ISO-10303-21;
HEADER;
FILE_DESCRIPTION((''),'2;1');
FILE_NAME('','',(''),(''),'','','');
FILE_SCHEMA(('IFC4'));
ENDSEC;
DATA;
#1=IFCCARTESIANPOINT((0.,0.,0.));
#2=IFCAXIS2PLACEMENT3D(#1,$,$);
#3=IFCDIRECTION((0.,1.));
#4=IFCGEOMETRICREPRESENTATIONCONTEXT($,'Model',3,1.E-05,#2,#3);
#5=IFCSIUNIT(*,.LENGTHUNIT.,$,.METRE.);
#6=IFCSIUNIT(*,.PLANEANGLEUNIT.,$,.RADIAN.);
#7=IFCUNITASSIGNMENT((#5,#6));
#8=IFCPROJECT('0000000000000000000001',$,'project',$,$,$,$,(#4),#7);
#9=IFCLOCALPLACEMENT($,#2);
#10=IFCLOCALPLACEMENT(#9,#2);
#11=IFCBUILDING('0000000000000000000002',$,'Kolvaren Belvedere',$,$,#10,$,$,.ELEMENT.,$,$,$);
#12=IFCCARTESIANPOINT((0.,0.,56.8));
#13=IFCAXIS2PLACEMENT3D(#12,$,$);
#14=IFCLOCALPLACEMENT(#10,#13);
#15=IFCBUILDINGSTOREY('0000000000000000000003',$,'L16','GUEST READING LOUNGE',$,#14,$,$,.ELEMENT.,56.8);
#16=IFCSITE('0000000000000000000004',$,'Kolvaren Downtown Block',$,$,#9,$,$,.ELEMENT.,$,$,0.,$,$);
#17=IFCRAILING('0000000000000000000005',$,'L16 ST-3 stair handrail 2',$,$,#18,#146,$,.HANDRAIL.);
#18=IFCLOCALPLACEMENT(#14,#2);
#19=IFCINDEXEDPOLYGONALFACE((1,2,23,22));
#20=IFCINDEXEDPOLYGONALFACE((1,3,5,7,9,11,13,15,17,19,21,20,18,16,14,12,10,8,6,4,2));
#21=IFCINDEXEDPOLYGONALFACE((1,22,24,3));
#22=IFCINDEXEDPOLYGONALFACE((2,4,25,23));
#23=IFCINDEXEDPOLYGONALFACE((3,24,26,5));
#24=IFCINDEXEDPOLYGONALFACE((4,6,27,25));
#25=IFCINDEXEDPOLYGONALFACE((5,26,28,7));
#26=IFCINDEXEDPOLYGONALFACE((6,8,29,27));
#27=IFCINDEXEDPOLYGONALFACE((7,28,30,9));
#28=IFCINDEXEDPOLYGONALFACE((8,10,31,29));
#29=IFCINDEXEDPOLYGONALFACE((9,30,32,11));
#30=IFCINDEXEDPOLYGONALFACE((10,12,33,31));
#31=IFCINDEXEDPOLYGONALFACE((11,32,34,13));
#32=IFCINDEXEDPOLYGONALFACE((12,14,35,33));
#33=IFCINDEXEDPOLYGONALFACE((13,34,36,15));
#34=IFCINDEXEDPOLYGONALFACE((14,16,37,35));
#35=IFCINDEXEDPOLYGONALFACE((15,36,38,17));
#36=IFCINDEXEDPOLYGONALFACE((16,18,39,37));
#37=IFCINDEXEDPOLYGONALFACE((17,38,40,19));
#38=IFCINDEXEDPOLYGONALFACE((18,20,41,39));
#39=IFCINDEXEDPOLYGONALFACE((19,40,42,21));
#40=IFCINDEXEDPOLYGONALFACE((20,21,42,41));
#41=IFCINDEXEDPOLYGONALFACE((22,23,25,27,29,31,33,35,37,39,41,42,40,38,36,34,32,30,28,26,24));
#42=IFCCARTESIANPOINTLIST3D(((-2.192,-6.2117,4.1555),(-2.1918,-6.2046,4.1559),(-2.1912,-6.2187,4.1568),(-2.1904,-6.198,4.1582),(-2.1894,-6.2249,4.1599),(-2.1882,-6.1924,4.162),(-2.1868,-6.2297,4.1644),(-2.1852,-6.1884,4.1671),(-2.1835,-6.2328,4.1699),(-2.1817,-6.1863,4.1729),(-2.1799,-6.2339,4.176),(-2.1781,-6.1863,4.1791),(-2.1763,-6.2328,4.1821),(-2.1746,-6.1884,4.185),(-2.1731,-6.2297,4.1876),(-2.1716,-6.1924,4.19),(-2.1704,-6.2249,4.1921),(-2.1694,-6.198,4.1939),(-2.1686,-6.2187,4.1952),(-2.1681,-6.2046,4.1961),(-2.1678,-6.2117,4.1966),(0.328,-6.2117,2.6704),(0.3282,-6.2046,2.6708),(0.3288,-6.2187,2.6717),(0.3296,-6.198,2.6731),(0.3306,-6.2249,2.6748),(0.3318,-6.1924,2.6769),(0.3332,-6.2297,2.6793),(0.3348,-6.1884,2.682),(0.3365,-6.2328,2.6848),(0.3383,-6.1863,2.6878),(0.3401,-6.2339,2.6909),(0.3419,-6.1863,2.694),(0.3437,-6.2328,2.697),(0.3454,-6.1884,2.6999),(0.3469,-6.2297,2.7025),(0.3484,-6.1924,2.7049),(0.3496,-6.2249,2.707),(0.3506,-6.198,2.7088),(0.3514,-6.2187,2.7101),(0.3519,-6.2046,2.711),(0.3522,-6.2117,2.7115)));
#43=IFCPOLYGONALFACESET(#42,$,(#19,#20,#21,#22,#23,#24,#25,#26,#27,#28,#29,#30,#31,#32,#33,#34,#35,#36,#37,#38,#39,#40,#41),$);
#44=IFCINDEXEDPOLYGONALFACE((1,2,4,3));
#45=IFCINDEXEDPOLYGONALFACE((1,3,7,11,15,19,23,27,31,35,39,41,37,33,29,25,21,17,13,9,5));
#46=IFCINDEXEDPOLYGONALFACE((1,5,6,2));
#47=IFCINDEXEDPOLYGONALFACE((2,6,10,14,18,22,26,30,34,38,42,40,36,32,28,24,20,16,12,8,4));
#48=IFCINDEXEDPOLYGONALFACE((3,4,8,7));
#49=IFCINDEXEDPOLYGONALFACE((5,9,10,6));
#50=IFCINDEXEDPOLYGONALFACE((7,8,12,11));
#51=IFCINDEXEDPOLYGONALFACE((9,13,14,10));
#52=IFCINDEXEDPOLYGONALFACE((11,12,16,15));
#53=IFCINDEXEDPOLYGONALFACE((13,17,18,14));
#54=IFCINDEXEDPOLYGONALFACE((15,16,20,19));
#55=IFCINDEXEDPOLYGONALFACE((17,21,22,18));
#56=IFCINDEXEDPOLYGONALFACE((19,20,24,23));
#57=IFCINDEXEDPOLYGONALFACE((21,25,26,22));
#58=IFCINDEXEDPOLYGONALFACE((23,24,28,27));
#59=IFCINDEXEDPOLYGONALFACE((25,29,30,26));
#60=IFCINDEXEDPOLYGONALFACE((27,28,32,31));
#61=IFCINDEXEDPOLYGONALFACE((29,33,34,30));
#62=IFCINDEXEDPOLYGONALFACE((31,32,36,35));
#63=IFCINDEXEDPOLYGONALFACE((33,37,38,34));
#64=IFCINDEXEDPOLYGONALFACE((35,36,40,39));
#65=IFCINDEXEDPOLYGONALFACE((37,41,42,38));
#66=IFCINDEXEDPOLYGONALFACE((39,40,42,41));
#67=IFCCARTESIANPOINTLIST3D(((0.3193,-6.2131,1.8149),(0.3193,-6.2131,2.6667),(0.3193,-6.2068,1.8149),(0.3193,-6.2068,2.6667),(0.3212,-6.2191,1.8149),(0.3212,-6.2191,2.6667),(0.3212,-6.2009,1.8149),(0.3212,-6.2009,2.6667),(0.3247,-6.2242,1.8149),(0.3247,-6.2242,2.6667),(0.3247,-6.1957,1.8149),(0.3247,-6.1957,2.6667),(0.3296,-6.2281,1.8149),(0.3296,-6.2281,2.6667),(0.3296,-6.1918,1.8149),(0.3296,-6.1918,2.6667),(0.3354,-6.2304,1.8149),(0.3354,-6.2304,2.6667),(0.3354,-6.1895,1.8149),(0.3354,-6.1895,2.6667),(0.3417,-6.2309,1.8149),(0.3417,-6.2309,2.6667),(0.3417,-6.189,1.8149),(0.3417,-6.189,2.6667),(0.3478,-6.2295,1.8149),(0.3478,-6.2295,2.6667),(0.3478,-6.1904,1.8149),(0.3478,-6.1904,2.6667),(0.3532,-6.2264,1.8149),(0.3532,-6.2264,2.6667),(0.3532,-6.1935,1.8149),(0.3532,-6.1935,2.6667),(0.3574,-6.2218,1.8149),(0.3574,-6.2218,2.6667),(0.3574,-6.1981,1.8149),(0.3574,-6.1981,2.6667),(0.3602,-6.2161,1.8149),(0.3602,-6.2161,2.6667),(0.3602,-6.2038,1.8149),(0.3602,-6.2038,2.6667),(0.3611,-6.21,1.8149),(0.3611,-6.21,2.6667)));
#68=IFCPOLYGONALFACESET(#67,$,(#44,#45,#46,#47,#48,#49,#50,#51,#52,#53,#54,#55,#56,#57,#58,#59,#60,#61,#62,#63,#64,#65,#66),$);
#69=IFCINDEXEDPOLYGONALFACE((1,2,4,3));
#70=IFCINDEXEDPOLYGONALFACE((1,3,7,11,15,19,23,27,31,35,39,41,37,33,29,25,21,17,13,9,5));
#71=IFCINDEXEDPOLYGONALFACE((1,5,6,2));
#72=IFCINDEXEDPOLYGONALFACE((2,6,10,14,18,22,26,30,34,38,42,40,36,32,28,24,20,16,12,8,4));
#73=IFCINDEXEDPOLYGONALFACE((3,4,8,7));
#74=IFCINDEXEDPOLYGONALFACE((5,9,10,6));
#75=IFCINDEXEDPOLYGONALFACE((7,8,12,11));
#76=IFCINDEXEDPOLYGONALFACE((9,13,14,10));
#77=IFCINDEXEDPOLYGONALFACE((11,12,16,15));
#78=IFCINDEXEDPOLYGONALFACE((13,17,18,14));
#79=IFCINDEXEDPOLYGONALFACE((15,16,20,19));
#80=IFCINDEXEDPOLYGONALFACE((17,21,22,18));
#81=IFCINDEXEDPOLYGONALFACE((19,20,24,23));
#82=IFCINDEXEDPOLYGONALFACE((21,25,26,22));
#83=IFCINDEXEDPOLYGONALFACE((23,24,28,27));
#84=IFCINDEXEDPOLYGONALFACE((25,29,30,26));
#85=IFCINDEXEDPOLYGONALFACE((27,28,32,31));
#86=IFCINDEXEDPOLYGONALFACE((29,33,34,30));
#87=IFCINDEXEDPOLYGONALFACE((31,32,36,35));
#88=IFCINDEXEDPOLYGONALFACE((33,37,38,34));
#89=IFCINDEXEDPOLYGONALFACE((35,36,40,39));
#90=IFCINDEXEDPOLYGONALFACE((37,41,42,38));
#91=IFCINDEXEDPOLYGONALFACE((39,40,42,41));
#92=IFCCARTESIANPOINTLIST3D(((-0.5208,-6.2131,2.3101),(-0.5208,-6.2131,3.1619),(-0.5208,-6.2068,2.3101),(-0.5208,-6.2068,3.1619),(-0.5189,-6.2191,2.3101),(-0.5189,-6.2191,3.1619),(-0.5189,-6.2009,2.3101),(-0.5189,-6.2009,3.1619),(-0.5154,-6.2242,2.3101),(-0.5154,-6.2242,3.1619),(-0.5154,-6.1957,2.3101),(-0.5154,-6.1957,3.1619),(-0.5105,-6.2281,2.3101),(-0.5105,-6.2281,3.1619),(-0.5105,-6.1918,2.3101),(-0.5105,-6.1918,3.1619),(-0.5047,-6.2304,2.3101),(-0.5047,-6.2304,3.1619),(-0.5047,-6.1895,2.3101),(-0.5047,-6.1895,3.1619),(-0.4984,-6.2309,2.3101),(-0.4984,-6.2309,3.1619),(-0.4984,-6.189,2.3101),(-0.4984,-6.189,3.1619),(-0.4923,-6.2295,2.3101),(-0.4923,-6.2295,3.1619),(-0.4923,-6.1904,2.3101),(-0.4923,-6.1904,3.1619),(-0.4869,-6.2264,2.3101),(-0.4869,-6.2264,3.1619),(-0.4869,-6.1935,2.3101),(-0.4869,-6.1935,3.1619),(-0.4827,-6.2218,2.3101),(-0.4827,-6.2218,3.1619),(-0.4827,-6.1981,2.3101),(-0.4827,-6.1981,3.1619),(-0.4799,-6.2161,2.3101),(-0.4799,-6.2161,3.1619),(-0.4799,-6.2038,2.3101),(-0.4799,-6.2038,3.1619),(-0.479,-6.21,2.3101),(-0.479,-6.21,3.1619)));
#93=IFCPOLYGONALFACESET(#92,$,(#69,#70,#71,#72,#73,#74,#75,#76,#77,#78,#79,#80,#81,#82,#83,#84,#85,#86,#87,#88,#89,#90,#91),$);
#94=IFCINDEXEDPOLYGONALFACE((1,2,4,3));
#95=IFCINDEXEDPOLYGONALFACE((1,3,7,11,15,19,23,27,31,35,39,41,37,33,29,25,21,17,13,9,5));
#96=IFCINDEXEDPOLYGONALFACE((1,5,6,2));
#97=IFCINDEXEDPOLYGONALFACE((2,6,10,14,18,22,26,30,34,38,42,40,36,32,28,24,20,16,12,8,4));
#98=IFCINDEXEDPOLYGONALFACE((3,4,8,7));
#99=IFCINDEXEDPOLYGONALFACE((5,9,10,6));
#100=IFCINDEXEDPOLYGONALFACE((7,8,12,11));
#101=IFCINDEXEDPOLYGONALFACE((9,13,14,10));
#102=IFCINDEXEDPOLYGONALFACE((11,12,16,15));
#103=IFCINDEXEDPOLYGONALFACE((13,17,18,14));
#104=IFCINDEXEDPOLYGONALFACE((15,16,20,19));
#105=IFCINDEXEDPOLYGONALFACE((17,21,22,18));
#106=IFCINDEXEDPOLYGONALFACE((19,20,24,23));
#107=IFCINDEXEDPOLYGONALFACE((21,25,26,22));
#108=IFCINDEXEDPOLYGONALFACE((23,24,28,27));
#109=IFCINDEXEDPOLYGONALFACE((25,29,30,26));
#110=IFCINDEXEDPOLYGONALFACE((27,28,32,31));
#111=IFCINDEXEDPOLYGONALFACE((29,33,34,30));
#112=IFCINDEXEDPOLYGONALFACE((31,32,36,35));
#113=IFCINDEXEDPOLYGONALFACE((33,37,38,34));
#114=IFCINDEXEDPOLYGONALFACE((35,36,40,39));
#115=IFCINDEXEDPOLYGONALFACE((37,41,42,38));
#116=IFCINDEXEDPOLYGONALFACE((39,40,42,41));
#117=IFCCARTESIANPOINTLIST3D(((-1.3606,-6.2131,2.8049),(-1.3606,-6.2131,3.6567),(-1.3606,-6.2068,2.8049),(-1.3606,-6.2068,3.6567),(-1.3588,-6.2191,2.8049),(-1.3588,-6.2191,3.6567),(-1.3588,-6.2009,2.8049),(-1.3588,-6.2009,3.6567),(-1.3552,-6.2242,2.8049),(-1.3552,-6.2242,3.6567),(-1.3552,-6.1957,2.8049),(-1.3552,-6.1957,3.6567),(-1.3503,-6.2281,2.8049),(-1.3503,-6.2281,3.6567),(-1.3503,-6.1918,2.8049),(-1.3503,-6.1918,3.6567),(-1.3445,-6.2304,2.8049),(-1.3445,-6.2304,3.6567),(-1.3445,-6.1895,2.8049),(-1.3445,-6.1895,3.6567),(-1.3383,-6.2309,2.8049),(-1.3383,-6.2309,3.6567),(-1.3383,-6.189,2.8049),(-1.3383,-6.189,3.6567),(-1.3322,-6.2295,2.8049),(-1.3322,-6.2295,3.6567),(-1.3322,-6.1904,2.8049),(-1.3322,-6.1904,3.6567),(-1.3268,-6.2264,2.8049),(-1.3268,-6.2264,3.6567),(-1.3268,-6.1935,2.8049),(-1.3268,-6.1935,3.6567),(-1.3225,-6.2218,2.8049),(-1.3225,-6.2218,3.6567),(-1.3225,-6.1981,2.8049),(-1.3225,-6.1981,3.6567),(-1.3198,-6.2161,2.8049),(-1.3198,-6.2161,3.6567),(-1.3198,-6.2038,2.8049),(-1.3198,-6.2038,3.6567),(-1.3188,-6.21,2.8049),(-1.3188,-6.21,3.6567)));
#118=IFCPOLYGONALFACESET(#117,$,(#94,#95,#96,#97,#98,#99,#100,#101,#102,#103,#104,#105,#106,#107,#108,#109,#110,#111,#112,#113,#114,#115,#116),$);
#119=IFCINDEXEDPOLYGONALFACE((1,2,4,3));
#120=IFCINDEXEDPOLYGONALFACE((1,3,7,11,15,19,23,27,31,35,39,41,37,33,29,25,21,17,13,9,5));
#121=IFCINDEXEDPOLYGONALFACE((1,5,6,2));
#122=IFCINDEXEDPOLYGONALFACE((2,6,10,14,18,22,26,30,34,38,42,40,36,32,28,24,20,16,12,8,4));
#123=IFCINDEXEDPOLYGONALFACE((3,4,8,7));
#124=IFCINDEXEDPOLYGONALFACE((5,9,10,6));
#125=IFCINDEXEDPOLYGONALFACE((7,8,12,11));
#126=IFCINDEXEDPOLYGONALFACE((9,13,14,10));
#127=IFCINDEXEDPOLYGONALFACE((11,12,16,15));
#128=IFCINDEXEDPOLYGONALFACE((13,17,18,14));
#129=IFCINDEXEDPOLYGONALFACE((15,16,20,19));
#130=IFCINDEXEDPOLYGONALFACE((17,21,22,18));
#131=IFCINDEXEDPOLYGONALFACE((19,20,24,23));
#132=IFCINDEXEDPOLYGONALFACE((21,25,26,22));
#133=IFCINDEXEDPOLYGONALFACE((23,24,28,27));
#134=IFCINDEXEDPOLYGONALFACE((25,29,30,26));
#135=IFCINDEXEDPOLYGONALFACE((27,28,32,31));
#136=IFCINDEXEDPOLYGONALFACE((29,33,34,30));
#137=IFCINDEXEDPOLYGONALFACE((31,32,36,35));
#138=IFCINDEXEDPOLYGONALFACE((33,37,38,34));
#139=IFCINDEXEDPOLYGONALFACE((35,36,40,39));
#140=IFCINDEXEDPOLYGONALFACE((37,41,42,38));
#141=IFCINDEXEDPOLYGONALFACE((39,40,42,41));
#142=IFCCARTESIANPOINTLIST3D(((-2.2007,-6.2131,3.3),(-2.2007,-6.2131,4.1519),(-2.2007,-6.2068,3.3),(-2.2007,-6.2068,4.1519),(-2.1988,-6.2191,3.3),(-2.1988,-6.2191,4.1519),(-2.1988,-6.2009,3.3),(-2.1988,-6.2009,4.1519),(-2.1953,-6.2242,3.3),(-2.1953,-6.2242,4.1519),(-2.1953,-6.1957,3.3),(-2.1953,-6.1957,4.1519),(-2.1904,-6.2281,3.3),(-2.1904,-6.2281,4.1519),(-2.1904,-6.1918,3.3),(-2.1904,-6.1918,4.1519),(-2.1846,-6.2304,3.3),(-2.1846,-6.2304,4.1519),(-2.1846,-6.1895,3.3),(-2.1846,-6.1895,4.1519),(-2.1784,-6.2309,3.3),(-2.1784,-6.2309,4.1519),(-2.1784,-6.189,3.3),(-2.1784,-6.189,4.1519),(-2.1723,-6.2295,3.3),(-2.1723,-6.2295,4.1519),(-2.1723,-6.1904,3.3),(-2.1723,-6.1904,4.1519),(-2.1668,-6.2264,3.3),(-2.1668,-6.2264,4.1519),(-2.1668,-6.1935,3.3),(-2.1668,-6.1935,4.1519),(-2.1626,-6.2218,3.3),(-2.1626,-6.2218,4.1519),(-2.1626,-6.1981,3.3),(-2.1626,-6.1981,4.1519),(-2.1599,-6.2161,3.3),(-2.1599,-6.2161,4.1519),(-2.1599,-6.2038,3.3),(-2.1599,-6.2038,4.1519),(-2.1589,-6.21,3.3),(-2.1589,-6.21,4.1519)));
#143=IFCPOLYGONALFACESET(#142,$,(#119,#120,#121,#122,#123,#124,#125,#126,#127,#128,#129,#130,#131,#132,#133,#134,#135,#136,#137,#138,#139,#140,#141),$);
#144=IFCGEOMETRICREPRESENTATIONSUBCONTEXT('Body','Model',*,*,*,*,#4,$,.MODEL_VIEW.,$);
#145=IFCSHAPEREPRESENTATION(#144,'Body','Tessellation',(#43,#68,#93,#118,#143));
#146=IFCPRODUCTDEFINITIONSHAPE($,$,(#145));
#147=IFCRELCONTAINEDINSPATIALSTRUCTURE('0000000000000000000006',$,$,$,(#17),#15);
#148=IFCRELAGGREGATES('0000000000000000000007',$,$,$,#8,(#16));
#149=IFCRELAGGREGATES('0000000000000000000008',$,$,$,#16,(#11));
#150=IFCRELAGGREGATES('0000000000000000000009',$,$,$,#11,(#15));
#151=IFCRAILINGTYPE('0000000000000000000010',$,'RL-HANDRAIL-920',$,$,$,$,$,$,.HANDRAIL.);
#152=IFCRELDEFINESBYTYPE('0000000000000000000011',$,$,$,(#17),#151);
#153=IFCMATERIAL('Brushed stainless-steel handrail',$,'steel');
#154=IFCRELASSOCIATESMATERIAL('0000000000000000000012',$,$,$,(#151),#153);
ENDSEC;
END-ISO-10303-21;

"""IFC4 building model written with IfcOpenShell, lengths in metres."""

from ifc_helpers import new_model, si_unit, direction, frame, origin, origin_2d, place, context, subcontext, project, spatial, circle, extrude, material, type_object, element, save


model = new_model("IFC4")

# Units and contexts
model_context = context("Model", 3, precision=1e-05, world=origin(), true_north=direction((0.0, 1.0)))
body_context = subcontext(model_context, "Body", "Model", "MODEL_VIEW")
ifc_project = project(units=[si_unit("LENGTHUNIT", "METRE"), si_unit("PLANEANGLEUNIT", "RADIAN")], contexts=[model_context])

# Site, building, storey
site_placement = place(None, origin())
site = spatial("IfcSite", under=ifc_project, at=site_placement, Name="Kolvaren Downtown Block", CompositionType="ELEMENT", RefElevation=0.0)
building_placement = place(site_placement, origin())
building = spatial("IfcBuilding", under=site, at=building_placement, Name="Kolvaren Belvedere", CompositionType="ELEMENT")
storey_placement = place(building_placement, frame((0.0, 0.0, 56.8)))
storey = spatial("IfcBuildingStorey", under=building, at=storey_placement, Name="L16", Description="GUEST READING LOUNGE", CompositionType="ELEMENT", Elevation=56.8)

# Railing
ifc_material_1 = material(Name="Brushed stainless-steel handrail", Category="steel")
railing_type_1 = type_object("IfcRailingType", Name="RL-HANDRAIL-920", PredefinedType="HANDRAIL", material=ifc_material_1)
railing_1_placement = place(storey_placement, frame((0.3401, -6.21, 1.8149)))
element("IfcRailing", 1, at=railing_1_placement, inside=storey, type_object=railing_type_1, Name="L16 ST-3 stair handrail 2", PredefinedType="HANDRAIL", context=body_context, shape_type="SweptSolid", body=[
    extrude(circle(Radius=0.0239, at=origin_2d()), frame((0.0, 0.0, 0.876), z_axis=(-0.861524, 0.0, 0.507717), x_axis=(0.0, -1.0, 0.0)), (0.0, 0.0, 1.0), 2.925),
    extrude(circle(Radius=0.021, at=origin_2d()), origin(), (0.0, 0.0, 1.0), 0.8518),
    extrude(circle(Radius=0.021, at=origin_2d()), frame((-0.8401, 0.0, 0.4951)), (0.0, 0.0, 1.0), 0.8518),
    extrude(circle(Radius=0.021, at=origin_2d()), frame((-1.6799, 0.0, 0.99)), (0.0, 0.0, 1.0), 0.8518),
    extrude(circle(Radius=0.021, at=origin_2d()), frame((-2.52, 0.0, 1.4851)), (0.0, 0.0, 1.0), 0.8518),
])

save(model, "model.ifc")
